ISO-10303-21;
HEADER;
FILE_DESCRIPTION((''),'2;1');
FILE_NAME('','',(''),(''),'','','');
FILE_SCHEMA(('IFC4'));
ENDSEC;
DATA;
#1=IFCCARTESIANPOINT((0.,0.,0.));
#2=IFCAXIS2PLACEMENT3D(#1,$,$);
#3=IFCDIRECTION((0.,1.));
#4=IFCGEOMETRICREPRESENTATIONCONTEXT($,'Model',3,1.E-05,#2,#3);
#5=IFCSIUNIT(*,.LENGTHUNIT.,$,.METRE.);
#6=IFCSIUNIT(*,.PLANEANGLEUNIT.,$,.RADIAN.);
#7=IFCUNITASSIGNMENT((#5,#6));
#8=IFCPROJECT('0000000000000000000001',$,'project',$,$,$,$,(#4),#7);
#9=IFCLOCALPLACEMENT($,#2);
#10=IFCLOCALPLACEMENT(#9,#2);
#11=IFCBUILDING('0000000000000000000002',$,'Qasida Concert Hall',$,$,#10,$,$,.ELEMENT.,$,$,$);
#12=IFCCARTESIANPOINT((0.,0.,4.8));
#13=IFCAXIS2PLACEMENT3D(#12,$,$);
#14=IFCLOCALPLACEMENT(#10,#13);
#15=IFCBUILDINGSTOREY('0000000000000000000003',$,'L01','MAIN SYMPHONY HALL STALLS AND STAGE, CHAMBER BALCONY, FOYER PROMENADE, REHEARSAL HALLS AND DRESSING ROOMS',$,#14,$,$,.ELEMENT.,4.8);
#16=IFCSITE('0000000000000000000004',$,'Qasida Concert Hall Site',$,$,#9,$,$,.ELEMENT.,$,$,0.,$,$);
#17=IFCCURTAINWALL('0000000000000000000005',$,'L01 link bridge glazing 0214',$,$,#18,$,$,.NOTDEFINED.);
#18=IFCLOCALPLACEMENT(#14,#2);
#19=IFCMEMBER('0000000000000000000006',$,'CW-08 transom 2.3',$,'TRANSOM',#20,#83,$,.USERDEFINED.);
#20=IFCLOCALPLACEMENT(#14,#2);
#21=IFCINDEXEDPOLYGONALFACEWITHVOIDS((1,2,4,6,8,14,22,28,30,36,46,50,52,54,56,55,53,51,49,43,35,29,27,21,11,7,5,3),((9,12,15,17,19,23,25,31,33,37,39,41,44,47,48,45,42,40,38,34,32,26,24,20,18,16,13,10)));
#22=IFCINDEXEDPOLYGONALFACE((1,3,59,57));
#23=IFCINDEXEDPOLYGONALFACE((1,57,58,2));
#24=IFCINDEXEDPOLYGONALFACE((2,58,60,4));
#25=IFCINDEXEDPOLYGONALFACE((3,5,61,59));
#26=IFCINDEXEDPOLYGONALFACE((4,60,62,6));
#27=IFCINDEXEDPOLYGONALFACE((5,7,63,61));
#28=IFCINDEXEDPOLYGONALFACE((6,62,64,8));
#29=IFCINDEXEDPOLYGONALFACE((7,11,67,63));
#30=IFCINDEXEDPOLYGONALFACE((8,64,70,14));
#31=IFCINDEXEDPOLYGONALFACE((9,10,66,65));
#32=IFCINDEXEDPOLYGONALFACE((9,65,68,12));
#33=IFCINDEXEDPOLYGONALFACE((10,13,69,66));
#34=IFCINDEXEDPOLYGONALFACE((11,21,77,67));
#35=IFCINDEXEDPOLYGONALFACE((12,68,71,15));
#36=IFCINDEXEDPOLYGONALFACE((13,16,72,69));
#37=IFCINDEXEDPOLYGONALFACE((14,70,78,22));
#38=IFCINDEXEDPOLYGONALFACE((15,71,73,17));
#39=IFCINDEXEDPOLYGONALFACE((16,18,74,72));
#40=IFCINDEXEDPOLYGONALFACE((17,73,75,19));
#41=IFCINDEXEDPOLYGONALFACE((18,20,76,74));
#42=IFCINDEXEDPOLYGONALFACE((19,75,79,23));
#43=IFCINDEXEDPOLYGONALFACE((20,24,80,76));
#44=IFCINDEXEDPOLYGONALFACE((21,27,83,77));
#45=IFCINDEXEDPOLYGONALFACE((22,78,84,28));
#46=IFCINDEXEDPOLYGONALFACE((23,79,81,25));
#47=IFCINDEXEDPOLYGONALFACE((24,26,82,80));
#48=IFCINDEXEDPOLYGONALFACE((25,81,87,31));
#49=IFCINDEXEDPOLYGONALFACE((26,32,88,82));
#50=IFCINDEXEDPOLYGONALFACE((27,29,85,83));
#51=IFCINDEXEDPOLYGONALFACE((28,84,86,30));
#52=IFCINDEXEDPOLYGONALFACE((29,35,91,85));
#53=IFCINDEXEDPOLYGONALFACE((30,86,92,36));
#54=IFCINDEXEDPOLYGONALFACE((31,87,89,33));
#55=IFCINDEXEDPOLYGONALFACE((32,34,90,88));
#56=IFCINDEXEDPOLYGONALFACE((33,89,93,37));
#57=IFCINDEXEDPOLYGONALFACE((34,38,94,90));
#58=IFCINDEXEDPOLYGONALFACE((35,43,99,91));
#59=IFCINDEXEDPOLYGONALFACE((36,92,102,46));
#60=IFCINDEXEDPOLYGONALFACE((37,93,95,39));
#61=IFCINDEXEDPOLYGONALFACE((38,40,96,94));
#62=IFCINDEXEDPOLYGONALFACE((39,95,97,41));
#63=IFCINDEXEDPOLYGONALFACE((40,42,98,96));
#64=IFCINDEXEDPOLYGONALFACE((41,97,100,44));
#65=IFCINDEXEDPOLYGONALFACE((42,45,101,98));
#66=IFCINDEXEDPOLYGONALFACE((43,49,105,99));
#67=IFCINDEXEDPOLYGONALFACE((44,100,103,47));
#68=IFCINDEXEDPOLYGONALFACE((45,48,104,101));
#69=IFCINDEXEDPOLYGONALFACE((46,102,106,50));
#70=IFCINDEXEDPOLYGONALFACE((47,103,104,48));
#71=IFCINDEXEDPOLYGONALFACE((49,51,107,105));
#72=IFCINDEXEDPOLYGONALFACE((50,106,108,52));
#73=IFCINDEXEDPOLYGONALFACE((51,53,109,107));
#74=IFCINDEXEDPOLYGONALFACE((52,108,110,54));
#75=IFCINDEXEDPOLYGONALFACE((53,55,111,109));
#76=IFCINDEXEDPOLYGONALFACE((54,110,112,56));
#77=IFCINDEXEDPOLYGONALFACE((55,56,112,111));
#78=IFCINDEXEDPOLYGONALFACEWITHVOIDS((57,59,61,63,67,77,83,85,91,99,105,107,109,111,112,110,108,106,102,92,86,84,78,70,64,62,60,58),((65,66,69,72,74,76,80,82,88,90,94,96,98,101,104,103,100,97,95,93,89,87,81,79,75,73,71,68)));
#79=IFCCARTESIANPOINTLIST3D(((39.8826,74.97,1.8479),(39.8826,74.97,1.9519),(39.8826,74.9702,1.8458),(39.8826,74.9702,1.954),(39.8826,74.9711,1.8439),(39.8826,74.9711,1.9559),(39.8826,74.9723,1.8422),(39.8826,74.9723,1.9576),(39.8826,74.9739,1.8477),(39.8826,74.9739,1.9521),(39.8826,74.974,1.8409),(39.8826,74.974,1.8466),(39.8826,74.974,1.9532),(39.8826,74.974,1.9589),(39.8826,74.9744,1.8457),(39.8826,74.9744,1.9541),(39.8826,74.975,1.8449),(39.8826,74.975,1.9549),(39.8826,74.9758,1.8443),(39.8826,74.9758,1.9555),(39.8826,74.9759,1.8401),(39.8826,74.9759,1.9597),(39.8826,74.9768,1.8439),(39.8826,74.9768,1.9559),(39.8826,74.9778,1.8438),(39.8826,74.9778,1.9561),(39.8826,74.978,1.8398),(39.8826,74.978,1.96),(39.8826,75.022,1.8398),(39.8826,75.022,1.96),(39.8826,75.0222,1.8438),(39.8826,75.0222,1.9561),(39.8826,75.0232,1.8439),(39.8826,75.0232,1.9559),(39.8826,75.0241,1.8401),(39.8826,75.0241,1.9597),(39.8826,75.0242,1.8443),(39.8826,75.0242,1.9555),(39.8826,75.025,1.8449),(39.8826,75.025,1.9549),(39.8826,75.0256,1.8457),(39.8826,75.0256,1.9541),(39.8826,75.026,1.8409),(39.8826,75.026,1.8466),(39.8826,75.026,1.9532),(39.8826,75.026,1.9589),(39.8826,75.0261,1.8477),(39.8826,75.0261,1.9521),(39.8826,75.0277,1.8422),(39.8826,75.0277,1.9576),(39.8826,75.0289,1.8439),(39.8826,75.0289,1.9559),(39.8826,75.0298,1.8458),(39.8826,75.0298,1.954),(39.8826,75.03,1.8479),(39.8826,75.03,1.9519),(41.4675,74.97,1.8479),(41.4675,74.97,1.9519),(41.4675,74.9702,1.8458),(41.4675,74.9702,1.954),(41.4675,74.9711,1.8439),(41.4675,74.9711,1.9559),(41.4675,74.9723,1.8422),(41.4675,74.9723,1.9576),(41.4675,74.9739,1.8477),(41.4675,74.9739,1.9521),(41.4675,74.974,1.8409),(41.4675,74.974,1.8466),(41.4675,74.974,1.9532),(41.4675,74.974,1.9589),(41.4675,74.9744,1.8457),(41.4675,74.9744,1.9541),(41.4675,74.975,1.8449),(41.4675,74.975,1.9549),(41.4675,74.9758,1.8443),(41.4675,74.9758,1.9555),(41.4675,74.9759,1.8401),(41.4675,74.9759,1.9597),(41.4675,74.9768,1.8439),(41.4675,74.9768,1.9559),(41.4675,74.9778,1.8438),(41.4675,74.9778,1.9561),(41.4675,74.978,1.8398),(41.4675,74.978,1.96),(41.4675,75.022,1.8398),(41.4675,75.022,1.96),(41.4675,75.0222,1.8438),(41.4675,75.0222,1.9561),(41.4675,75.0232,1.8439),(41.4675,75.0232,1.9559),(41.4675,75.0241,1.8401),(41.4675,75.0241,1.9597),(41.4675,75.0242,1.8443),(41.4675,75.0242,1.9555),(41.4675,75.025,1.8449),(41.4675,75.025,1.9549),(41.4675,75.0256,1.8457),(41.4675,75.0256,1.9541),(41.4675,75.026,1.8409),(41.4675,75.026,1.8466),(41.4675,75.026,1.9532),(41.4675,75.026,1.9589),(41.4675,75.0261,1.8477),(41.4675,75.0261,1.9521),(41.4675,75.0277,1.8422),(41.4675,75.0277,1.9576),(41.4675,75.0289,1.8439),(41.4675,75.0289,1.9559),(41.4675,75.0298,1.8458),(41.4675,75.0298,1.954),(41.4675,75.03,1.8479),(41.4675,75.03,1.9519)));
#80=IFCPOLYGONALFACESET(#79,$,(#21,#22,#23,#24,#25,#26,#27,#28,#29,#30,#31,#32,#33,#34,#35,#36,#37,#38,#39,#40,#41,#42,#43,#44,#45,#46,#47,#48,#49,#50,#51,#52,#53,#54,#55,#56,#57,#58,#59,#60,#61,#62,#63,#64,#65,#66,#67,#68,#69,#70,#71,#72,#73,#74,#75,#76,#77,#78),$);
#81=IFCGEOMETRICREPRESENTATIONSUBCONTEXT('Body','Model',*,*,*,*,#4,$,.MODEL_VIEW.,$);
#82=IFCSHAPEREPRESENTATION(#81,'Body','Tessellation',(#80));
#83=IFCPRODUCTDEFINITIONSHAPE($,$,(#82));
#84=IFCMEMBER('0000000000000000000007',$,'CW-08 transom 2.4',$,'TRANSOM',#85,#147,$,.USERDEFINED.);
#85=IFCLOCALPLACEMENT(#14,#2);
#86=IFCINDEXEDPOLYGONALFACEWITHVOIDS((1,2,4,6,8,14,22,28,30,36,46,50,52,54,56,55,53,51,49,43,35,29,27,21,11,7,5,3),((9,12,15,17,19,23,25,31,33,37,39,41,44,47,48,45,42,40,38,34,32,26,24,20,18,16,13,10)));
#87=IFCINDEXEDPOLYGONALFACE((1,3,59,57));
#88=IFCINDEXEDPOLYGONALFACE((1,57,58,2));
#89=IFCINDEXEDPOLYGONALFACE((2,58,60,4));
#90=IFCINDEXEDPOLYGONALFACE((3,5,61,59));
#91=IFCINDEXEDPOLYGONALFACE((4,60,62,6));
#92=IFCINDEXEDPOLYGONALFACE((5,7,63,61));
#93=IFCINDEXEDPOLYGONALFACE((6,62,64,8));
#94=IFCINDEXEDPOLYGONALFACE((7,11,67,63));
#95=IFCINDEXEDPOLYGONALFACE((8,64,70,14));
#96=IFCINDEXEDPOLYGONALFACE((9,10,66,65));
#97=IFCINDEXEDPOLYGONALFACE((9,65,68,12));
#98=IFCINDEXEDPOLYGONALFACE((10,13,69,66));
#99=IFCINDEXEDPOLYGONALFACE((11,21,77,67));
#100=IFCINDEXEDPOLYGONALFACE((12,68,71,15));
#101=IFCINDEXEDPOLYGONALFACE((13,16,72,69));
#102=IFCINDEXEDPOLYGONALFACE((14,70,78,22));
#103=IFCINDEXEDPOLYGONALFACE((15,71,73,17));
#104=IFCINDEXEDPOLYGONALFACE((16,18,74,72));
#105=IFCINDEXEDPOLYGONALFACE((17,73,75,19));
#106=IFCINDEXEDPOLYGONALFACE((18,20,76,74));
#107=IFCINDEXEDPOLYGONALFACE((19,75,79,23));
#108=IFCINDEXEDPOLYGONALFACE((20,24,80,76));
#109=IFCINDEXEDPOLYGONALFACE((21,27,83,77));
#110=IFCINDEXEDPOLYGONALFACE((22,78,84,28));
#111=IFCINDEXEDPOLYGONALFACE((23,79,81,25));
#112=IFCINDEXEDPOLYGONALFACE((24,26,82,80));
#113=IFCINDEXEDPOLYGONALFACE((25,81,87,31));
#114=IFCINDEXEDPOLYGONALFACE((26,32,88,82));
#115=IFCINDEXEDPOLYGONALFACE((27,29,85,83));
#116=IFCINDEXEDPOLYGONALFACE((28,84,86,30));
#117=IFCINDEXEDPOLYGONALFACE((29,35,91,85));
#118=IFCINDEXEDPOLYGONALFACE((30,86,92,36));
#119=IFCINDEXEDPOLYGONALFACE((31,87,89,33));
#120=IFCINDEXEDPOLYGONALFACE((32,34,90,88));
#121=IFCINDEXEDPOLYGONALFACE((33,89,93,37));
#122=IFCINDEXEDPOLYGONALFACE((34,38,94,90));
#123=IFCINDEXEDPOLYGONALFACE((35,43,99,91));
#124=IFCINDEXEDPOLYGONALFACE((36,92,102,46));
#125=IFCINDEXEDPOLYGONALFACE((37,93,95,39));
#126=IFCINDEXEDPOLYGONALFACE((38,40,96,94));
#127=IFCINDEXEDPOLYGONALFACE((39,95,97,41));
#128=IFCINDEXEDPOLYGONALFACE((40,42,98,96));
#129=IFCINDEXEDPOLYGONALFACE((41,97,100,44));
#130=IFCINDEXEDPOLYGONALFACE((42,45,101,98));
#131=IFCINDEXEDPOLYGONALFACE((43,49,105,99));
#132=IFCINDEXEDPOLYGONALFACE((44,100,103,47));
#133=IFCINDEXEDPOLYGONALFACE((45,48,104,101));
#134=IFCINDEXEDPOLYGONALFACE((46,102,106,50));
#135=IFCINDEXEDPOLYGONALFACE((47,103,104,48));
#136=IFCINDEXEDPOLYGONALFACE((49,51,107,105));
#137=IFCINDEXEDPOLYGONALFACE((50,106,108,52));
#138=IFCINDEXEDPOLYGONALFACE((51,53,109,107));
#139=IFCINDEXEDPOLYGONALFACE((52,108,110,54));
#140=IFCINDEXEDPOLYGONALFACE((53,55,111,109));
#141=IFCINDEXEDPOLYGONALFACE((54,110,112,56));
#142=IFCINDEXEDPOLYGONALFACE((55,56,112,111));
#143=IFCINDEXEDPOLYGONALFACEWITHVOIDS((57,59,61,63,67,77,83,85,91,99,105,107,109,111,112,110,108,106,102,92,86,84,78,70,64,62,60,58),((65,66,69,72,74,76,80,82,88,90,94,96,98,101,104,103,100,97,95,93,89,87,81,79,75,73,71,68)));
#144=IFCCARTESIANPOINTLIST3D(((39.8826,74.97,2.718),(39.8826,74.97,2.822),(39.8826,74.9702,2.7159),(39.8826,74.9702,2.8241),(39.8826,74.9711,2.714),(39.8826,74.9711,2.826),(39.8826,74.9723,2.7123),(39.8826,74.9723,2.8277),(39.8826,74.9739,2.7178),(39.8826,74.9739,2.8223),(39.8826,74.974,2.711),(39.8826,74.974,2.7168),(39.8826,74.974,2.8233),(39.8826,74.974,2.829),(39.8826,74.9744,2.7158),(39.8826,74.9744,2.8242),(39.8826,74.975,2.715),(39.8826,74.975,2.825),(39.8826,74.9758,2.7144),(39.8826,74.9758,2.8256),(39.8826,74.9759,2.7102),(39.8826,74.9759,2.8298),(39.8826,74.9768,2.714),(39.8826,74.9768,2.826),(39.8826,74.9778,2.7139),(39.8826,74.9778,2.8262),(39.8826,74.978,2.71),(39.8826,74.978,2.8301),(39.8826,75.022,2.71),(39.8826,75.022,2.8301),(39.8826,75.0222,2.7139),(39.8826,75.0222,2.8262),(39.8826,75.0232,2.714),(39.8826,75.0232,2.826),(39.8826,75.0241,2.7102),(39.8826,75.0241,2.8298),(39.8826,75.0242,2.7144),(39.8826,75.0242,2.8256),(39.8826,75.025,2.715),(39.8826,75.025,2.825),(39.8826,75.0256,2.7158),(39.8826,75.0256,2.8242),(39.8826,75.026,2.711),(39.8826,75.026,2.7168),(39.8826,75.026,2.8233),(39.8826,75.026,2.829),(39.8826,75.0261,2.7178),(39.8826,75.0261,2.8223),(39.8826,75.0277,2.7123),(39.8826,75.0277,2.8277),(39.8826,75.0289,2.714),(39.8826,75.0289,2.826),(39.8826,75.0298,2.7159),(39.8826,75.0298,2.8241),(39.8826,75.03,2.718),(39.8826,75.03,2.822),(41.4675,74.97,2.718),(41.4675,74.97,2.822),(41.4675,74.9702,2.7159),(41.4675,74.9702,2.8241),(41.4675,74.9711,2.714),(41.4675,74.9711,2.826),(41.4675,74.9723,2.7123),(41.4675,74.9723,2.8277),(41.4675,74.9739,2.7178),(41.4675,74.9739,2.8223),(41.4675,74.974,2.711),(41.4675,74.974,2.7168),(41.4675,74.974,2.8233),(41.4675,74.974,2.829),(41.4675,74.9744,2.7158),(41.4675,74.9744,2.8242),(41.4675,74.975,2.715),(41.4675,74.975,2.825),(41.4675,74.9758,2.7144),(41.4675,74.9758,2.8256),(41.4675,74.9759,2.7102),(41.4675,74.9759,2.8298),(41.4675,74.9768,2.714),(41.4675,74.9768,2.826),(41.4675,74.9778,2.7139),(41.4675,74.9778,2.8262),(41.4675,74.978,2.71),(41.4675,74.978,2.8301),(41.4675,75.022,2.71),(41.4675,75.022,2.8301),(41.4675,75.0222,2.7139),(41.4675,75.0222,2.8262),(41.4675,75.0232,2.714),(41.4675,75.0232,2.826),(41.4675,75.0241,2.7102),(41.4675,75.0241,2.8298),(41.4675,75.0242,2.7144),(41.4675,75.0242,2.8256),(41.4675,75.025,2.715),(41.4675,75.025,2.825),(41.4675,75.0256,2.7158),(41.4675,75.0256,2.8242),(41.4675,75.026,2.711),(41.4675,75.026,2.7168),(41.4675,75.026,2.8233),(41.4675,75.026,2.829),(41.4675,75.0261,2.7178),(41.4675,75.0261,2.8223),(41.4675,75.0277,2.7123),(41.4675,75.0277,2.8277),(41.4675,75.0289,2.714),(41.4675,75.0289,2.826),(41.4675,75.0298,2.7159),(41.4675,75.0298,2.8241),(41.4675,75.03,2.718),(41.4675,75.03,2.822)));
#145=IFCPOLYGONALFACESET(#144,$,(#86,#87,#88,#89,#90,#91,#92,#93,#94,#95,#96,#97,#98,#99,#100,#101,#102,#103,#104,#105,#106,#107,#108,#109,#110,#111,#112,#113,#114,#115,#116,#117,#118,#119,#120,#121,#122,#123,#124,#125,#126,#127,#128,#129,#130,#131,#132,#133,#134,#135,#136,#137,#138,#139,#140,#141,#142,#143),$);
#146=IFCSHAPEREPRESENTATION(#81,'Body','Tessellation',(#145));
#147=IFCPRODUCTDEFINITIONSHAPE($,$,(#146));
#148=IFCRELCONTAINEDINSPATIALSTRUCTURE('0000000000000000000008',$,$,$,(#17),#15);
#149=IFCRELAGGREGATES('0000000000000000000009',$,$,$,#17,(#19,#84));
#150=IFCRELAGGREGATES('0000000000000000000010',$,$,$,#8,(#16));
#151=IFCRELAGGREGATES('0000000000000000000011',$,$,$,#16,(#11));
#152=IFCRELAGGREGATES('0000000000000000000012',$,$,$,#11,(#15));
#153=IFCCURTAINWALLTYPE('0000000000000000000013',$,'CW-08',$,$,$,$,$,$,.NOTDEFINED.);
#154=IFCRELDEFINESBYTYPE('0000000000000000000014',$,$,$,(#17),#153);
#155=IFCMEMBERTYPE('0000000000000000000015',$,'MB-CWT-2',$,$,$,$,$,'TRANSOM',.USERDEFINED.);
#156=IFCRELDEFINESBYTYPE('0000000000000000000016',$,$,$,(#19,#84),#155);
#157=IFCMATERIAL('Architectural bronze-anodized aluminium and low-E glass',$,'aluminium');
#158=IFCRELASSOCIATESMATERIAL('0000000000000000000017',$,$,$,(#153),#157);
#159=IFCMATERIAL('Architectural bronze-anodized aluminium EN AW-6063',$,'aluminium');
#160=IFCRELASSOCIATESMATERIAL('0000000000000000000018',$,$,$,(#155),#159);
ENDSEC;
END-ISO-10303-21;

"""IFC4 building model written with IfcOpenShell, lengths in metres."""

from ifc_helpers import new_model, si_unit, direction, frame, origin, origin_2d, place, context, subcontext, project, spatial, hollow_rectangle, extrude, material, material_profile, profile_set, type_object, element, aggregate, save


model = new_model("IFC4")

# Units and contexts
model_context = context("Model", 3, precision=1e-05, world=origin(), true_north=direction((0.0, 1.0)))
body_context = subcontext(model_context, "Body", "Model", "MODEL_VIEW")
ifc_project = project(units=[si_unit("LENGTHUNIT", "METRE"), si_unit("PLANEANGLEUNIT", "RADIAN")], contexts=[model_context])

# Site, building, storey
site_placement = place(None, origin())
site = spatial("IfcSite", under=ifc_project, at=site_placement, Name="Qasida Concert Hall Site", CompositionType="ELEMENT", RefElevation=0.0)
building_placement = place(site_placement, origin())
building = spatial("IfcBuilding", under=site, at=building_placement, Name="Qasida Concert Hall", CompositionType="ELEMENT")
storey_placement = place(building_placement, frame((0.0, 0.0, 4.8)))
storey = spatial("IfcBuildingStorey", under=building, at=storey_placement, Name="L01", Description="MAIN SYMPHONY HALL STALLS AND STAGE, CHAMBER BALCONY, FOYER PROMENADE, REHEARSAL HALLS AND DRESSING ROOMS", CompositionType="ELEMENT", Elevation=4.8)

# Curtain wall, members
ifc_material_1 = material(Name="Architectural bronze-anodized aluminium and low-E glass", Category="aluminium")
curtain_wall_type = type_object("IfcCurtainWallType", Name="CW-08", PredefinedType="NOTDEFINED", material=ifc_material_1)
curtain_wall_placement = place(storey_placement, origin())
curtain_wall = element("IfcCurtainWall", 1, at=curtain_wall_placement, inside=storey, type_object=curtain_wall_type, Name="L01 link bridge glazing 0214", PredefinedType="NOTDEFINED")
ifc_material_2 = material(Name="Architectural bronze-anodized aluminium EN AW-6063", Category="aluminium")
ifc_material_profile_1 = material_profile(ifc_material_2, hollow_rectangle(XDim=0.0601, YDim=0.1201, WallThickness=0.0039, InnerFilletRadius=0.0039, OuterFilletRadius=0.0081, at=origin_2d()), Name="CWT 120x60x4")
ifc_profile_set_1 = profile_set([ifc_material_profile_1], Name="Architectural bronze-anodized aluminium EN AW-6063")
member_type_1 = type_object("IfcMemberType", Name="MB-CWT-2", ElementType="TRANSOM", PredefinedType="USERDEFINED", material=ifc_profile_set_1)
member_1_placement = place(storey_placement, frame((39.8826, 75.0, 1.8999), z_axis=(1.0, 0.0, 0.0), x_axis=(0.0, 1.0, 0.0)))
member_1 = element("IfcMember", 2, at=member_1_placement, type_object=member_type_1, Name="CW-08 transom 2.3", ObjectType="TRANSOM", PredefinedType="USERDEFINED", context=body_context, shape_type="SweptSolid", body=[
    extrude(hollow_rectangle(XDim=0.0601, YDim=0.1201, WallThickness=0.0039, InnerFilletRadius=0.0039, OuterFilletRadius=0.0081, at=origin_2d()), origin(), (0.0, 0.0, 1.0), 1.585),
])
member_2_placement = place(storey_placement, frame((39.8826, 75.0, 2.77), z_axis=(1.0, 0.0, 0.0), x_axis=(0.0, 1.0, 0.0)))
member_2 = element("IfcMember", 3, at=member_2_placement, type_object=member_type_1, Name="CW-08 transom 2.4", ObjectType="TRANSOM", PredefinedType="USERDEFINED", context=body_context, shape_type="SweptSolid", body=[
    extrude(hollow_rectangle(XDim=0.0601, YDim=0.1201, WallThickness=0.0039, InnerFilletRadius=0.0039, OuterFilletRadius=0.0081, at=origin_2d()), origin(), (0.0, 0.0, 1.0), 1.585),
])
aggregate(curtain_wall, [member_1, member_2])

save(model, "model.ifc")
